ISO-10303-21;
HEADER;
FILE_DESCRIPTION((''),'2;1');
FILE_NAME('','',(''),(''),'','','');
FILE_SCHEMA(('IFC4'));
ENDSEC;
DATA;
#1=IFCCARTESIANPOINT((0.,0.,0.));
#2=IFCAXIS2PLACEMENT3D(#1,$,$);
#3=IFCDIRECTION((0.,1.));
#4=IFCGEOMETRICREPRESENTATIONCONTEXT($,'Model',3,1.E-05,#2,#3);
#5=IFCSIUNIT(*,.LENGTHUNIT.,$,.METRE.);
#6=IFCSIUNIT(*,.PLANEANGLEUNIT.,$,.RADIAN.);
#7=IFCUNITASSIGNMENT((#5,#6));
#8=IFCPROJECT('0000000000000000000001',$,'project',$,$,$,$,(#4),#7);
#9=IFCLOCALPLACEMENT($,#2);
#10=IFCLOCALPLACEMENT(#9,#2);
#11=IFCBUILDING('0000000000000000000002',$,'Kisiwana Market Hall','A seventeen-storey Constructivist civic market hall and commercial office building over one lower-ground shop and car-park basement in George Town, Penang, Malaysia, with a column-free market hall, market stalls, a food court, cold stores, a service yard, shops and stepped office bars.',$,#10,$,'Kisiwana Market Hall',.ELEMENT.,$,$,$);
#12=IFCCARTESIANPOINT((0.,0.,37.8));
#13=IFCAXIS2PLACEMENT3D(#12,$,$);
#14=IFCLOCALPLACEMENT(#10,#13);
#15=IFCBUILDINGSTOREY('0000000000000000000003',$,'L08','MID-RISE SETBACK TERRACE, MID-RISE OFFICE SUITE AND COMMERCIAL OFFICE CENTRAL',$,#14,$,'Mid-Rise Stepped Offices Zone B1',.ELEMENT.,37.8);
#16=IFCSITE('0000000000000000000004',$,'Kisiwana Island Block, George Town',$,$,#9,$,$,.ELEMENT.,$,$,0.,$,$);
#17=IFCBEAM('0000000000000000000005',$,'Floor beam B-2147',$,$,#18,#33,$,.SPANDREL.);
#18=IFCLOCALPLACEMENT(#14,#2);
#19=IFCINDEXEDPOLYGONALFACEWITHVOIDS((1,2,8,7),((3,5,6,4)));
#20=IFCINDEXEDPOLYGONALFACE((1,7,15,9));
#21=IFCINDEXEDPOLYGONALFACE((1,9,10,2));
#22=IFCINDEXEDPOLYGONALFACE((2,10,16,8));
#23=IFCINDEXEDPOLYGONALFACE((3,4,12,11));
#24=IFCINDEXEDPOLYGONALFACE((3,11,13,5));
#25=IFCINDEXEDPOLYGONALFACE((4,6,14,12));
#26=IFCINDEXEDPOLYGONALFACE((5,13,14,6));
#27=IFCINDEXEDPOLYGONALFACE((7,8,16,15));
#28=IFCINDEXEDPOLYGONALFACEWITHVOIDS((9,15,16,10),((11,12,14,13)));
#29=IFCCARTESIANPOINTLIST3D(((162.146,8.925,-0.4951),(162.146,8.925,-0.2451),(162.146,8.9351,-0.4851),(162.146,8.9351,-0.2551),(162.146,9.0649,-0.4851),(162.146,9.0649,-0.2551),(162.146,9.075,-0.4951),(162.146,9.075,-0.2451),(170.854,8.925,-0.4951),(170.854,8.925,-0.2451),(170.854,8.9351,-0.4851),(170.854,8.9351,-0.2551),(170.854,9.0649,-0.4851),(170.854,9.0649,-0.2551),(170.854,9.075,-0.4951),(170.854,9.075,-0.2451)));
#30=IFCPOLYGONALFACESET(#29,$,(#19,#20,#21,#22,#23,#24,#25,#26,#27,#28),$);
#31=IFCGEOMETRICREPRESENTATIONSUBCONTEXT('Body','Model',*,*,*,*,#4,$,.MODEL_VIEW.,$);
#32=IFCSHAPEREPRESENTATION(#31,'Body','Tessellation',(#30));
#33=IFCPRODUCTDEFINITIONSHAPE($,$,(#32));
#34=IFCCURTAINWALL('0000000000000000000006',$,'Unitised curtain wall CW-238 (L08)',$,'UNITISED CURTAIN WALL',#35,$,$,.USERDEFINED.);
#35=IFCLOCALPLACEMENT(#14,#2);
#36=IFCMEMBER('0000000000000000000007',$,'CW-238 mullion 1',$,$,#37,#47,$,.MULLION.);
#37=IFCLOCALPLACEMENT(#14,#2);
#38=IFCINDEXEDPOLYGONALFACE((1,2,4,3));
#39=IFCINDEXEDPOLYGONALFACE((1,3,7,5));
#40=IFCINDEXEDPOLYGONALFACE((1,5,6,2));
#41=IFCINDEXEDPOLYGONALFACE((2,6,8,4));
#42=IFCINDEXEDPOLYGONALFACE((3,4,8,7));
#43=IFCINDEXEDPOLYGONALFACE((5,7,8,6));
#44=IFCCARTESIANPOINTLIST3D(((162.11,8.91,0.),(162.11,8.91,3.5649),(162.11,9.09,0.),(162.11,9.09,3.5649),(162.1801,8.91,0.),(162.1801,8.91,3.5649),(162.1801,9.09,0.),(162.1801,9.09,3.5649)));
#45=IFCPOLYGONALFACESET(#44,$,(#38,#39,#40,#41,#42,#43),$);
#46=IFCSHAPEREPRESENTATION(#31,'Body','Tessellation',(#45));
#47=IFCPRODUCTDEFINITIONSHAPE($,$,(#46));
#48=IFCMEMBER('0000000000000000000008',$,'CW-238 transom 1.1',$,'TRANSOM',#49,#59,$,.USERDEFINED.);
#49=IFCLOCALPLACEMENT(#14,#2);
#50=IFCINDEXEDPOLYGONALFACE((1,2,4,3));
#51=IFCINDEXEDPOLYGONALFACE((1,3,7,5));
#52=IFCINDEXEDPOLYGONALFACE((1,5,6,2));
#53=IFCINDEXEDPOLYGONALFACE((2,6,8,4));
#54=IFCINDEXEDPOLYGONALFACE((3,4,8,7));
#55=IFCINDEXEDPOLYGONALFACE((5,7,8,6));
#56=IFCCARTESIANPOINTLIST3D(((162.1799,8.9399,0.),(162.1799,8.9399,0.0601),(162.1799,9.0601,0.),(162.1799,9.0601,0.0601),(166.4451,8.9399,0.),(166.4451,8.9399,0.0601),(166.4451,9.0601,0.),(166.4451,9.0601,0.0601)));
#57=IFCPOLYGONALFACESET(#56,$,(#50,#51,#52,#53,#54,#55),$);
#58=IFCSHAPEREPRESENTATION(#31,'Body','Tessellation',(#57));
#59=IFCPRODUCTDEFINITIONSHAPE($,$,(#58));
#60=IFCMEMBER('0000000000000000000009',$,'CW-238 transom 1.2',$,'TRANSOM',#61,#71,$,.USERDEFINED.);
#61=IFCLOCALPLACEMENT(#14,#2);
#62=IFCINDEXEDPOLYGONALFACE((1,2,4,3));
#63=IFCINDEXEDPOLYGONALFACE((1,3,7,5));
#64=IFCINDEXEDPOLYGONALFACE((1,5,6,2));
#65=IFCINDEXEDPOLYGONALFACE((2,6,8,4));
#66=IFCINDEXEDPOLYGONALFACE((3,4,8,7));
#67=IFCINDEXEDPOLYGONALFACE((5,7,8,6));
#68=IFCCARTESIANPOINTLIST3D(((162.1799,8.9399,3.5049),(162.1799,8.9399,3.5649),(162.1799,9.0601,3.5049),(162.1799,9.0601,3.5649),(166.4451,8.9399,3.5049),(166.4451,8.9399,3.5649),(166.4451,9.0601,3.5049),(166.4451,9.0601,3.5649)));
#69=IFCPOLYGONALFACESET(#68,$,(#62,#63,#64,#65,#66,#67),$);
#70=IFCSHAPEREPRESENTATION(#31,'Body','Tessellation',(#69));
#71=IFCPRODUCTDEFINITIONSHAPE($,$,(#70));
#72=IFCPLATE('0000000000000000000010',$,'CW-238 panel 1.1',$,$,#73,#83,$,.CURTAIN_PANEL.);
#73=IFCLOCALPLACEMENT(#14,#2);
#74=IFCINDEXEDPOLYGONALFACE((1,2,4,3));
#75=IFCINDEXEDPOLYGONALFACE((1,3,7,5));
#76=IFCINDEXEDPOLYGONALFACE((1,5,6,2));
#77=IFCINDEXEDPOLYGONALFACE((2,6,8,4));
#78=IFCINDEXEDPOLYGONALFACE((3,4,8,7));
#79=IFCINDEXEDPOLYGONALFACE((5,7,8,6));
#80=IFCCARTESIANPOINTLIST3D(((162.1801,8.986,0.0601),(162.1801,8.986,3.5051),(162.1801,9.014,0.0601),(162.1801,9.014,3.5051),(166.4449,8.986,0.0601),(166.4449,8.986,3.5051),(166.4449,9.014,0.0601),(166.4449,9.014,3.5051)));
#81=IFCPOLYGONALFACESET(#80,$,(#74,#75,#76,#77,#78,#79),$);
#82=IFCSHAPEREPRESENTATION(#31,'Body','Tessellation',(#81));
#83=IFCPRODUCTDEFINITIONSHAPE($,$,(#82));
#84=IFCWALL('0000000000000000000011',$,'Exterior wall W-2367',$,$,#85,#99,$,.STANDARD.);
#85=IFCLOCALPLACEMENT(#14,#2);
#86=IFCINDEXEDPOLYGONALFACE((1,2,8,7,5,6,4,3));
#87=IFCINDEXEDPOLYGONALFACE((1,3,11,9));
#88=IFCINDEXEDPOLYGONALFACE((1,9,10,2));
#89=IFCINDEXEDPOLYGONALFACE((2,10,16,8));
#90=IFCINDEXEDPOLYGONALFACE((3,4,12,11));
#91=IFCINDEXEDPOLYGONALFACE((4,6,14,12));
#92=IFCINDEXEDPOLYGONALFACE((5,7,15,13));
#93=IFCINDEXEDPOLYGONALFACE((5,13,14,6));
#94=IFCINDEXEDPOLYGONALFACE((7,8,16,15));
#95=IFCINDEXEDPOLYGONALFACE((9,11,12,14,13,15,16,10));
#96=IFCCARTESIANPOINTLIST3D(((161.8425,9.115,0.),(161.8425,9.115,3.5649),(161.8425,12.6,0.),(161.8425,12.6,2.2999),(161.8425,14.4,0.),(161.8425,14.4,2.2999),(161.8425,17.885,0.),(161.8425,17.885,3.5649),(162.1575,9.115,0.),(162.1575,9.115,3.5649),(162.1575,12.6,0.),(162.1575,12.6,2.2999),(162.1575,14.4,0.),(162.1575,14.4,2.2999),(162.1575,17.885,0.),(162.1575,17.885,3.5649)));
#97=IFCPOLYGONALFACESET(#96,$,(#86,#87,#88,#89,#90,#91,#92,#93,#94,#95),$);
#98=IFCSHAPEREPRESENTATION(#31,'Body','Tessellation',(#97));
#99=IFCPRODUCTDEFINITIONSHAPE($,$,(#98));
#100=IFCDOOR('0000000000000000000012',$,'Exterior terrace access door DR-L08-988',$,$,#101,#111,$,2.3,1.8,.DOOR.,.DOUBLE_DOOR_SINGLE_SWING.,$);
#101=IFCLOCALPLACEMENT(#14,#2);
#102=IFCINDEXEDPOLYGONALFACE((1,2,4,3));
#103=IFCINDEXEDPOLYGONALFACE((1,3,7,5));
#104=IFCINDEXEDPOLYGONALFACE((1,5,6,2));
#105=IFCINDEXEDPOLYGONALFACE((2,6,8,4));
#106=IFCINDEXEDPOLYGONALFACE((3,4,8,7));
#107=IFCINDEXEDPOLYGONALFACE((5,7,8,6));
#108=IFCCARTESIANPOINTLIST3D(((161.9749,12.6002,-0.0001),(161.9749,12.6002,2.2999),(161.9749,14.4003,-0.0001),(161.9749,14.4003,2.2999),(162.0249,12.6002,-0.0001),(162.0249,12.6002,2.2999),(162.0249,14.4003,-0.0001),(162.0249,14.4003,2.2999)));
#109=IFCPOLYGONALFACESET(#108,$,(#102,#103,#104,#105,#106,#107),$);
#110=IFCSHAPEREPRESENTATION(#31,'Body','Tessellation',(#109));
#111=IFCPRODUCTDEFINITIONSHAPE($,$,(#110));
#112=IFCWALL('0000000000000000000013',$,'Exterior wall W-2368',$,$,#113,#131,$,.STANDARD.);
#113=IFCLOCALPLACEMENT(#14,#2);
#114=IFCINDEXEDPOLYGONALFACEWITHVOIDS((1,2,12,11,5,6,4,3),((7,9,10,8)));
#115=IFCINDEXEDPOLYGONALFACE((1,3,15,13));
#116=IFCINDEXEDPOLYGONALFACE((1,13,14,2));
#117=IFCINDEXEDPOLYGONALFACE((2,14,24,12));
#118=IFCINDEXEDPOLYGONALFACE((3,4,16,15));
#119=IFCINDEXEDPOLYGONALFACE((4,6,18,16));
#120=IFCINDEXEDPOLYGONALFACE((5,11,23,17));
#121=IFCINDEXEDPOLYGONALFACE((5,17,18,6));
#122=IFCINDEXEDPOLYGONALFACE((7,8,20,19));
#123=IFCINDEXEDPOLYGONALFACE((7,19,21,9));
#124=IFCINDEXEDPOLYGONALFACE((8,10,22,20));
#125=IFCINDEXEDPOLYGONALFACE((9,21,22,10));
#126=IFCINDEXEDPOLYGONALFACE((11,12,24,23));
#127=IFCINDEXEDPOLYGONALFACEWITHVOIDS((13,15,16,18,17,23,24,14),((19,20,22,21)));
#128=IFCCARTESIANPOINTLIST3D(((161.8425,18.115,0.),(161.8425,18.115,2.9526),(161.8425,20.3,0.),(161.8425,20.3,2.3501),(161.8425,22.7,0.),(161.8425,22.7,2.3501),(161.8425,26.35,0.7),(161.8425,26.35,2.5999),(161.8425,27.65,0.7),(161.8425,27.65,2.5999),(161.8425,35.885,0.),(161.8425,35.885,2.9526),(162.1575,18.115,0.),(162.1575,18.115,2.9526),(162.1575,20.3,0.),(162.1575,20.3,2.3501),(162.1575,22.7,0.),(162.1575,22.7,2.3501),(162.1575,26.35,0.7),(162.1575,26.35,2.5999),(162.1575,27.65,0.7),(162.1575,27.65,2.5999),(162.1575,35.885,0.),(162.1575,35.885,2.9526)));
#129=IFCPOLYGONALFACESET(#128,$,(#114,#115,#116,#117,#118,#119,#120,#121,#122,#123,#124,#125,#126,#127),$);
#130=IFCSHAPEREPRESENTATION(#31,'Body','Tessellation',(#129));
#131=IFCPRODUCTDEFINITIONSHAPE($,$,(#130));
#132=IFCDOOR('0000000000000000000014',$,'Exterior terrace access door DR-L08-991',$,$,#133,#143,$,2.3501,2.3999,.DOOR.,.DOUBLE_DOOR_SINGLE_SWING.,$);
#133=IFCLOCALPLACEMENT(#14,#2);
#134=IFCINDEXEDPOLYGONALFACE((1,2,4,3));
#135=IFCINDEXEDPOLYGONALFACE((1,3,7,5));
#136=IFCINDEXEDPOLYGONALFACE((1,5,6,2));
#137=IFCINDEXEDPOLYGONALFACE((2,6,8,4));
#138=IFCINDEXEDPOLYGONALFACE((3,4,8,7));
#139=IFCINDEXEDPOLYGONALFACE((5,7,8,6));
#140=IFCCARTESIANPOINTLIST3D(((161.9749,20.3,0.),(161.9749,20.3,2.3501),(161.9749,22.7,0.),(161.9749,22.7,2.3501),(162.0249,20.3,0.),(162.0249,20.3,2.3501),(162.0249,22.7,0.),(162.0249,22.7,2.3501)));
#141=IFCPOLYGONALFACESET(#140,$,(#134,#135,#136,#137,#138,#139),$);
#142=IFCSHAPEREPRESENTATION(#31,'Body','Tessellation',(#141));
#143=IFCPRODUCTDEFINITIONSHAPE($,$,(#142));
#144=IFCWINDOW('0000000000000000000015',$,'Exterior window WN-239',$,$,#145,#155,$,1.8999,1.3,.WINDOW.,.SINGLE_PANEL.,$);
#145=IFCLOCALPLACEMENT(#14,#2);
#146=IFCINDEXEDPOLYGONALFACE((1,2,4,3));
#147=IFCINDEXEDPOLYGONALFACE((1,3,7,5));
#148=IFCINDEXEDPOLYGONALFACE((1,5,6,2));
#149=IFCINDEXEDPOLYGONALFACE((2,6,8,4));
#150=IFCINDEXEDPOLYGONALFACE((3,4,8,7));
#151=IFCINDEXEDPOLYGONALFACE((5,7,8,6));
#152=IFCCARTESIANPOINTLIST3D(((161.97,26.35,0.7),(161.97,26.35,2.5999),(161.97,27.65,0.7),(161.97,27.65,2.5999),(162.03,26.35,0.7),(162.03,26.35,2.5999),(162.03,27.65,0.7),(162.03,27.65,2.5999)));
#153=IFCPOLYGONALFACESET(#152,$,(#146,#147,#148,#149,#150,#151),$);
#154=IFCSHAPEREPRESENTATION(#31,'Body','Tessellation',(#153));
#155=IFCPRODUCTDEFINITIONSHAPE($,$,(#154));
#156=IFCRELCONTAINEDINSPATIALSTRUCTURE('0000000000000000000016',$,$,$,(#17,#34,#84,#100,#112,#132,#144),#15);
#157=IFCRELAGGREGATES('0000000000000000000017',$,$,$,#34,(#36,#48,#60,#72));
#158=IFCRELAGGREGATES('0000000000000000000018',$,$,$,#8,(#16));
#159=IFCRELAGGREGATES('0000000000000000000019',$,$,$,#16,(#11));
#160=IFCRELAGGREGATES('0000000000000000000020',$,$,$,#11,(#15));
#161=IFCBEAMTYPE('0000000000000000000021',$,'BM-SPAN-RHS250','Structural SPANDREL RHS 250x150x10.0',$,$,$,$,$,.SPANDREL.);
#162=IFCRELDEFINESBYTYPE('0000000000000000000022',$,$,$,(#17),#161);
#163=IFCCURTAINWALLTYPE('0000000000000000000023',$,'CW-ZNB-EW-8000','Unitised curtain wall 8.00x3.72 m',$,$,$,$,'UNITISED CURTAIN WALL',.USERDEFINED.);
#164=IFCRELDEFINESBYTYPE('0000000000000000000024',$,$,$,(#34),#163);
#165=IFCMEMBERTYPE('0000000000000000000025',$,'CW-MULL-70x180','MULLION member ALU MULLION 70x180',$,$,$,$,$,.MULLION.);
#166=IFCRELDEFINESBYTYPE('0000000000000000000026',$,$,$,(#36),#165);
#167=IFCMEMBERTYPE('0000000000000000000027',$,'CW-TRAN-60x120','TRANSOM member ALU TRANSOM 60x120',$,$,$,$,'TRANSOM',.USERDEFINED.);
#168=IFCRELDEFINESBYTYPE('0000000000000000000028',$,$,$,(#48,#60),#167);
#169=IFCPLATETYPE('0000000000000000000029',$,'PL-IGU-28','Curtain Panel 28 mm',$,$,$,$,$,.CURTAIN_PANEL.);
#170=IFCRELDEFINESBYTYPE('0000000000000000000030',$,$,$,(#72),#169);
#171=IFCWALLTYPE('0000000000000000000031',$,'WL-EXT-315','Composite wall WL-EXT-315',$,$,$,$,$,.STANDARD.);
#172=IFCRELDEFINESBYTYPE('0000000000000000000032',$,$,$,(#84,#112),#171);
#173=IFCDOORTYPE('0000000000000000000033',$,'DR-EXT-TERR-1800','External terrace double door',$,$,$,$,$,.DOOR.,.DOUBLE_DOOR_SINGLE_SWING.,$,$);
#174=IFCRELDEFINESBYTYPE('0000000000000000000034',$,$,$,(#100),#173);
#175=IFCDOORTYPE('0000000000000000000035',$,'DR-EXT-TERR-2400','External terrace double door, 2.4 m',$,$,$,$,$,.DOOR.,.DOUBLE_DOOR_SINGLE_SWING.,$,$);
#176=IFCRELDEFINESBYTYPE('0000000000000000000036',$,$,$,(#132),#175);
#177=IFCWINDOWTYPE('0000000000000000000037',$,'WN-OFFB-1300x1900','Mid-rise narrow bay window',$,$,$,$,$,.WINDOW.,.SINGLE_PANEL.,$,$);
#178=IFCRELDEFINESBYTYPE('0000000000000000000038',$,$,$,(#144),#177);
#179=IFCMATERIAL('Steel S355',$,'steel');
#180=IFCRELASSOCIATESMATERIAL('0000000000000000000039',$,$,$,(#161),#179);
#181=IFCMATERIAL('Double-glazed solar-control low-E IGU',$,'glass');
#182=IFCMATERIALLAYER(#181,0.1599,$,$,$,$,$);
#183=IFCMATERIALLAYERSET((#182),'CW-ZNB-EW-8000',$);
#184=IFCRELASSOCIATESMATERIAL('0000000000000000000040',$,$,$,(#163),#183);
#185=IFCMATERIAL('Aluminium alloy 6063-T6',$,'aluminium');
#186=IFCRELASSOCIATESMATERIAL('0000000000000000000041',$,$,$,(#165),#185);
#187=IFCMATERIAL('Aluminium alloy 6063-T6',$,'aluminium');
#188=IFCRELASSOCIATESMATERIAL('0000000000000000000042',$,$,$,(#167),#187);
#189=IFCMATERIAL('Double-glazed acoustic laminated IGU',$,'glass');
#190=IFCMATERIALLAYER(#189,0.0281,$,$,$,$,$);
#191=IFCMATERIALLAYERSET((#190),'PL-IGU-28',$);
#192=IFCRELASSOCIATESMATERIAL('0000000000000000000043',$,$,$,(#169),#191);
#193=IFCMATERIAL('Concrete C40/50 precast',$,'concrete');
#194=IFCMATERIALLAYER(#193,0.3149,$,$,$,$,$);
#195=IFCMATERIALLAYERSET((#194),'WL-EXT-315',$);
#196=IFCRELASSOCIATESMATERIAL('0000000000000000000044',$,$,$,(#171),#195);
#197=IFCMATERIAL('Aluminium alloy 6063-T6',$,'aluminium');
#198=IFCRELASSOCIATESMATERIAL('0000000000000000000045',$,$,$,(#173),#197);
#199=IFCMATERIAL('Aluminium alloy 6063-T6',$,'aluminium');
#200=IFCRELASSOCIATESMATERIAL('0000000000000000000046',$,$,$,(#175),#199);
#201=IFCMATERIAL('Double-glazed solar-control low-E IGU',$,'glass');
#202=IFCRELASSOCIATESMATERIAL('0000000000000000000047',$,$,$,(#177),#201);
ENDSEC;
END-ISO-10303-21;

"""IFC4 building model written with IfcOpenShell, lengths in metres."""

from ifc_helpers import new_model, si_unit, direction, frame, frame_2d, origin, origin_2d, place, context, subcontext, project, spatial, rectangle, hollow_rectangle, extrude, material, layer, layer_set, material_profile, profile_set, type_object, element, fill, aggregate, save


model = new_model("IFC4")

# Units and contexts
model_context = context("Model", 3, precision=1e-05, world=origin(), true_north=direction((0.0, 1.0)))
body_context = subcontext(model_context, "Body", "Model", "MODEL_VIEW")
ifc_project = project(units=[si_unit("LENGTHUNIT", "METRE"), si_unit("PLANEANGLEUNIT", "RADIAN")], contexts=[model_context])

# Site, building, storey
site_placement = place(None, origin())
site = spatial("IfcSite", under=ifc_project, at=site_placement, Name="Kisiwana Island Block, George Town", CompositionType="ELEMENT", RefElevation=0.0)
building_placement = place(site_placement, origin())
building = spatial("IfcBuilding", under=site, at=building_placement, Name="Kisiwana Market Hall", Description="A seventeen-storey Constructivist civic market hall and commercial office building over one lower-ground shop and car-park basement in George Town, Penang, Malaysia, with a column-free market hall, market stalls, a food court, cold stores, a service yard, shops and stepped office bars.", LongName="Kisiwana Market Hall", CompositionType="ELEMENT")
storey_placement = place(building_placement, frame((0.0, 0.0, 37.8)))
storey = spatial("IfcBuildingStorey", under=building, at=storey_placement, Name="L08", Description="MID-RISE SETBACK TERRACE, MID-RISE OFFICE SUITE AND COMMERCIAL OFFICE CENTRAL", LongName="Mid-Rise Stepped Offices Zone B1", CompositionType="ELEMENT", Elevation=37.8)

# Beam
ifc_material_1 = material(Name="Steel S355", Category="steel")
ifc_material_profile_1 = material_profile(ifc_material_1, hollow_rectangle(XDim=0.1499, YDim=0.25, WallThickness=0.01, at=origin_2d()), Name="RHS 250x150x10.0")
ifc_profile_set_1 = profile_set([ifc_material_profile_1], Name="Steel S355")
beam_type_1 = type_object("IfcBeamType", Name="BM-SPAN-RHS250", Description="Structural SPANDREL RHS 250x150x10.0", PredefinedType="SPANDREL", material=ifc_profile_set_1)
beam_1_placement = place(storey_placement, frame((162.146, 9.0, -0.3701), z_axis=(1.0, 0.0, 0.0), x_axis=(0.0, 1.0, 0.0)))
element("IfcBeam", 1, at=beam_1_placement, inside=storey, type_object=beam_type_1, Name="Floor beam B-2147", PredefinedType="SPANDREL", context=body_context, shape_type="SweptSolid", body=[
    extrude(hollow_rectangle(XDim=0.1499, YDim=0.25, WallThickness=0.01, at=origin_2d()), origin(), (0.0, 0.0, 1.0), 8.708),
])

# Curtain wall, members, plate
ifc_material_2 = material(Name="Double-glazed solar-control low-E IGU", Category="glass")
ifc_layer_1 = layer(ifc_material_2, 0.1599)
ifc_layer_set_1 = layer_set([ifc_layer_1], Name="CW-ZNB-EW-8000")
curtain_wall_type = type_object("IfcCurtainWallType", Name="CW-ZNB-EW-8000", Description="Unitised curtain wall 8.00x3.72 m", ElementType="UNITISED CURTAIN WALL", PredefinedType="USERDEFINED", material=ifc_layer_set_1)
curtain_wall_placement = place(storey_placement, origin())
curtain_wall = element("IfcCurtainWall", 2, at=curtain_wall_placement, inside=storey, type_object=curtain_wall_type, Name="Unitised curtain wall CW-238 (L08)", ObjectType="UNITISED CURTAIN WALL", PredefinedType="USERDEFINED")
ifc_material_3 = material(Name="Aluminium alloy 6063-T6", Category="aluminium")
ifc_material_profile_2 = material_profile(ifc_material_3, rectangle(XDim=0.0701, YDim=0.1799, at=origin_2d()), Name="ALU MULLION 70x180")
ifc_profile_set_2 = profile_set([ifc_material_profile_2], Name="Aluminium alloy 6063-T6")
member_type_1 = type_object("IfcMemberType", Name="CW-MULL-70x180", Description="MULLION member ALU MULLION 70x180", PredefinedType="MULLION", material=ifc_profile_set_2)
member_1_placement = place(storey_placement, frame((162.145, 9.0, 0.0), z_axis=(0.0, 0.0, 1.0), x_axis=(1.0, 0.0, 0.0)))
member_1 = element("IfcMember", 3, at=member_1_placement, type_object=member_type_1, Name="CW-238 mullion 1", PredefinedType="MULLION", context=body_context, shape_type="SweptSolid", body=[
    extrude(rectangle(XDim=0.0701, YDim=0.1799, at=origin_2d()), origin(), (0.0, 0.0, 1.0), 3.5649),
])
ifc_material_4 = material(Name="Aluminium alloy 6063-T6", Category="aluminium")
ifc_material_profile_3 = material_profile(ifc_material_4, rectangle(XDim=0.1201, YDim=0.0601, at=origin_2d()), Name="ALU TRANSOM 60x120")
ifc_profile_set_3 = profile_set([ifc_material_profile_3], Name="Aluminium alloy 6063-T6")
member_type_2 = type_object("IfcMemberType", Name="CW-TRAN-60x120", Description="TRANSOM member ALU TRANSOM 60x120", ElementType="TRANSOM", PredefinedType="USERDEFINED", material=ifc_profile_set_3)
member_2_placement = place(storey_placement, frame((162.1799, 9.0, 0.03), z_axis=(1.0, 0.0, 0.0), x_axis=(0.0, 1.0, 0.0)))
member_2 = element("IfcMember", 4, at=member_2_placement, type_object=member_type_2, Name="CW-238 transom 1.1", ObjectType="TRANSOM", PredefinedType="USERDEFINED", context=body_context, shape_type="SweptSolid", body=[
    extrude(rectangle(XDim=0.1201, YDim=0.0601, at=origin_2d()), origin(), (0.0, 0.0, 1.0), 4.2651),
])
member_3_placement = place(storey_placement, frame((162.1799, 9.0, 3.5349), z_axis=(1.0, 0.0, 0.0), x_axis=(0.0, 1.0, 0.0)))
member_3 = element("IfcMember", 5, at=member_3_placement, type_object=member_type_2, Name="CW-238 transom 1.2", ObjectType="TRANSOM", PredefinedType="USERDEFINED", context=body_context, shape_type="SweptSolid", body=[
    extrude(rectangle(XDim=0.1201, YDim=0.0601, at=origin_2d()), origin(), (0.0, 0.0, 1.0), 4.2651),
])
ifc_material_5 = material(Name="Double-glazed acoustic laminated IGU", Category="glass")
ifc_layer_2 = layer(ifc_material_5, 0.0281)
ifc_layer_set_2 = layer_set([ifc_layer_2], Name="PL-IGU-28")
plate_type = type_object("IfcPlateType", Name="PL-IGU-28", Description="Curtain Panel 28 mm", PredefinedType="CURTAIN_PANEL", material=ifc_layer_set_2)
plate_placement = place(storey_placement, frame((164.3125, 9.0, 0.0601), z_axis=(0.0, 0.0, 1.0), x_axis=(1.0, 0.0, 0.0)))
plate = element("IfcPlate", 6, at=plate_placement, type_object=plate_type, Name="CW-238 panel 1.1", PredefinedType="CURTAIN_PANEL", context=body_context, shape_type="SweptSolid", body=[
    extrude(rectangle(XDim=4.2649, YDim=0.0281, at=origin_2d()), origin(), (0.0, 0.0, 1.0), 3.4451),
])
aggregate(curtain_wall, [member_1, member_2, member_3, plate])

# Wall, opening, door
ifc_material_6 = material(Name="Concrete C40/50 precast", Category="concrete")
ifc_layer_3 = layer(ifc_material_6, 0.3149)
ifc_layer_set_3 = layer_set([ifc_layer_3], Name="WL-EXT-315")
wall_type_1 = type_object("IfcWallType", Name="WL-EXT-315", Description="Composite wall WL-EXT-315", PredefinedType="STANDARD", material=ifc_layer_set_3)
wall_1_placement = place(storey_placement, frame((162.0, 9.115, 0.0), z_axis=(0.0, 0.0, 1.0), x_axis=(0.0, 1.0, 0.0)))
wall_1 = element("IfcWall", 7, at=wall_1_placement, inside=storey, type_object=wall_type_1, Name="Exterior wall W-2367", PredefinedType="STANDARD", context=body_context, shape_type="SweptSolid", body=[
    extrude(rectangle(XDim=8.77, YDim=0.3149, at=frame_2d((4.385, 0.0))), origin(), (0.0, 0.0, 1.0), 3.5649),
])
opening_1_placement = place(wall_1_placement, frame((3.4851, 0.0, 0.0)))
opening_1 = element("IfcOpeningElement", 8, at=opening_1_placement, cuts=wall_1, PredefinedType="OPENING", context=body_context, shape_type="SweptSolid", body=[
    extrude(rectangle(XDim=1.8, YDim=2.3, at=frame_2d((0.8999, 1.1499))), frame((0.0, 0.1694, 0.0), z_axis=(0.0, -1.0, 0.0), x_axis=(1.0, 0.0, 0.0)), (0.0, 0.0, 1.0), 0.3389),
])
ifc_material_7 = material(Name="Aluminium alloy 6063-T6", Category="aluminium")
door_type_1 = type_object("IfcDoorType", Name="DR-EXT-TERR-1800", Description="External terrace double door", OperationType="DOUBLE_DOOR_SINGLE_SWING", PredefinedType="DOOR", material=ifc_material_7)
door_1_placement = place(opening_1_placement, frame((1.8, 0.0, 0.0), z_axis=(0.0, 0.0, 1.0), x_axis=(-1.0, 0.0, 0.0)))
door_1 = element("IfcDoor", 9, at=door_1_placement, inside=storey, type_object=door_type_1, Name="Exterior terrace access door DR-L08-988", OperationType="DOUBLE_DOOR_SINGLE_SWING", OverallHeight=2.3, OverallWidth=1.8, PredefinedType="DOOR", context=body_context, shape_type="SweptSolid", body=[
    extrude(rectangle(XDim=1.8, YDim=2.3, at=frame_2d((0.8999, 1.1499))), frame((0.0, 0.0249, 0.0), z_axis=(0.0, -1.0, 0.0), x_axis=(1.0, 0.0, 0.0)), (0.0, 0.0, 1.0), 0.05),
])
fill(opening_1, door_1)

# Wall, openings, door, window
wall_2_placement = place(storey_placement, frame((162.0, 18.115, 0.0), z_axis=(0.0, 0.0, 1.0), x_axis=(0.0, 1.0, 0.0)))
wall_2 = element("IfcWall", 10, at=wall_2_placement, inside=storey, type_object=wall_type_1, Name="Exterior wall W-2368", PredefinedType="STANDARD", context=body_context, shape_type="SweptSolid", body=[
    extrude(rectangle(XDim=17.77, YDim=0.3149, at=frame_2d((8.885, 0.0))), origin(), (0.0, 0.0, 1.0), 2.9526),
])
opening_2_placement = place(wall_2_placement, frame((8.2351, 0.0, 0.7)))
opening_2 = element("IfcOpeningElement", 11, at=opening_2_placement, cuts=wall_2, PredefinedType="OPENING", context=body_context, shape_type="SweptSolid", body=[
    extrude(rectangle(XDim=1.3, YDim=1.8999, at=frame_2d((0.6499, 0.95))), frame((0.0, 0.1694, 0.0), z_axis=(0.0, -1.0, 0.0), x_axis=(1.0, 0.0, 0.0)), (0.0, 0.0, 1.0), 0.3389),
])
opening_3_placement = place(wall_2_placement, frame((2.1851, 0.0, 0.0)))
opening_3 = element("IfcOpeningElement", 12, at=opening_3_placement, cuts=wall_2, PredefinedType="OPENING", context=body_context, shape_type="SweptSolid", body=[
    extrude(rectangle(XDim=2.3999, YDim=2.3501, at=frame_2d((1.2, 1.175))), frame((0.0, 0.1694, 0.0), z_axis=(0.0, -1.0, 0.0), x_axis=(1.0, 0.0, 0.0)), (0.0, 0.0, 1.0), 0.3389),
])
ifc_material_8 = material(Name="Aluminium alloy 6063-T6", Category="aluminium")
door_type_2 = type_object("IfcDoorType", Name="DR-EXT-TERR-2400", Description="External terrace double door, 2.4 m", OperationType="DOUBLE_DOOR_SINGLE_SWING", PredefinedType="DOOR", material=ifc_material_8)
door_2_placement = place(opening_3_placement, frame((2.3999, 0.0, 0.0), z_axis=(0.0, 0.0, 1.0), x_axis=(-1.0, 0.0, 0.0)))
door_2 = element("IfcDoor", 13, at=door_2_placement, inside=storey, type_object=door_type_2, Name="Exterior terrace access door DR-L08-991", OperationType="DOUBLE_DOOR_SINGLE_SWING", OverallHeight=2.3501, OverallWidth=2.3999, PredefinedType="DOOR", context=body_context, shape_type="SweptSolid", body=[
    extrude(rectangle(XDim=2.3999, YDim=2.3501, at=frame_2d((1.2, 1.175))), frame((0.0, 0.0249, 0.0), z_axis=(0.0, -1.0, 0.0), x_axis=(1.0, 0.0, 0.0)), (0.0, 0.0, 1.0), 0.05),
])
fill(opening_3, door_2)
ifc_material_9 = material(Name="Double-glazed solar-control low-E IGU", Category="glass")
window_type = type_object("IfcWindowType", Name="WN-OFFB-1300x1900", Description="Mid-rise narrow bay window", PartitioningType="SINGLE_PANEL", PredefinedType="WINDOW", material=ifc_material_9)
window_1_placement = place(opening_2_placement, origin())
window_1 = element("IfcWindow", 14, at=window_1_placement, inside=storey, type_object=window_type, Name="Exterior window WN-239", OverallHeight=1.8999, OverallWidth=1.3, PartitioningType="SINGLE_PANEL", PredefinedType="WINDOW", context=body_context, shape_type="SweptSolid", body=[
    extrude(rectangle(XDim=1.3, YDim=1.8999, at=frame_2d((0.6499, 0.95))), frame((0.0, 0.03, 0.0), z_axis=(0.0, -1.0, 0.0), x_axis=(1.0, 0.0, 0.0)), (0.0, 0.0, 1.0), 0.0601),
])
fill(opening_2, window_1)

save(model, "model.ifc")
